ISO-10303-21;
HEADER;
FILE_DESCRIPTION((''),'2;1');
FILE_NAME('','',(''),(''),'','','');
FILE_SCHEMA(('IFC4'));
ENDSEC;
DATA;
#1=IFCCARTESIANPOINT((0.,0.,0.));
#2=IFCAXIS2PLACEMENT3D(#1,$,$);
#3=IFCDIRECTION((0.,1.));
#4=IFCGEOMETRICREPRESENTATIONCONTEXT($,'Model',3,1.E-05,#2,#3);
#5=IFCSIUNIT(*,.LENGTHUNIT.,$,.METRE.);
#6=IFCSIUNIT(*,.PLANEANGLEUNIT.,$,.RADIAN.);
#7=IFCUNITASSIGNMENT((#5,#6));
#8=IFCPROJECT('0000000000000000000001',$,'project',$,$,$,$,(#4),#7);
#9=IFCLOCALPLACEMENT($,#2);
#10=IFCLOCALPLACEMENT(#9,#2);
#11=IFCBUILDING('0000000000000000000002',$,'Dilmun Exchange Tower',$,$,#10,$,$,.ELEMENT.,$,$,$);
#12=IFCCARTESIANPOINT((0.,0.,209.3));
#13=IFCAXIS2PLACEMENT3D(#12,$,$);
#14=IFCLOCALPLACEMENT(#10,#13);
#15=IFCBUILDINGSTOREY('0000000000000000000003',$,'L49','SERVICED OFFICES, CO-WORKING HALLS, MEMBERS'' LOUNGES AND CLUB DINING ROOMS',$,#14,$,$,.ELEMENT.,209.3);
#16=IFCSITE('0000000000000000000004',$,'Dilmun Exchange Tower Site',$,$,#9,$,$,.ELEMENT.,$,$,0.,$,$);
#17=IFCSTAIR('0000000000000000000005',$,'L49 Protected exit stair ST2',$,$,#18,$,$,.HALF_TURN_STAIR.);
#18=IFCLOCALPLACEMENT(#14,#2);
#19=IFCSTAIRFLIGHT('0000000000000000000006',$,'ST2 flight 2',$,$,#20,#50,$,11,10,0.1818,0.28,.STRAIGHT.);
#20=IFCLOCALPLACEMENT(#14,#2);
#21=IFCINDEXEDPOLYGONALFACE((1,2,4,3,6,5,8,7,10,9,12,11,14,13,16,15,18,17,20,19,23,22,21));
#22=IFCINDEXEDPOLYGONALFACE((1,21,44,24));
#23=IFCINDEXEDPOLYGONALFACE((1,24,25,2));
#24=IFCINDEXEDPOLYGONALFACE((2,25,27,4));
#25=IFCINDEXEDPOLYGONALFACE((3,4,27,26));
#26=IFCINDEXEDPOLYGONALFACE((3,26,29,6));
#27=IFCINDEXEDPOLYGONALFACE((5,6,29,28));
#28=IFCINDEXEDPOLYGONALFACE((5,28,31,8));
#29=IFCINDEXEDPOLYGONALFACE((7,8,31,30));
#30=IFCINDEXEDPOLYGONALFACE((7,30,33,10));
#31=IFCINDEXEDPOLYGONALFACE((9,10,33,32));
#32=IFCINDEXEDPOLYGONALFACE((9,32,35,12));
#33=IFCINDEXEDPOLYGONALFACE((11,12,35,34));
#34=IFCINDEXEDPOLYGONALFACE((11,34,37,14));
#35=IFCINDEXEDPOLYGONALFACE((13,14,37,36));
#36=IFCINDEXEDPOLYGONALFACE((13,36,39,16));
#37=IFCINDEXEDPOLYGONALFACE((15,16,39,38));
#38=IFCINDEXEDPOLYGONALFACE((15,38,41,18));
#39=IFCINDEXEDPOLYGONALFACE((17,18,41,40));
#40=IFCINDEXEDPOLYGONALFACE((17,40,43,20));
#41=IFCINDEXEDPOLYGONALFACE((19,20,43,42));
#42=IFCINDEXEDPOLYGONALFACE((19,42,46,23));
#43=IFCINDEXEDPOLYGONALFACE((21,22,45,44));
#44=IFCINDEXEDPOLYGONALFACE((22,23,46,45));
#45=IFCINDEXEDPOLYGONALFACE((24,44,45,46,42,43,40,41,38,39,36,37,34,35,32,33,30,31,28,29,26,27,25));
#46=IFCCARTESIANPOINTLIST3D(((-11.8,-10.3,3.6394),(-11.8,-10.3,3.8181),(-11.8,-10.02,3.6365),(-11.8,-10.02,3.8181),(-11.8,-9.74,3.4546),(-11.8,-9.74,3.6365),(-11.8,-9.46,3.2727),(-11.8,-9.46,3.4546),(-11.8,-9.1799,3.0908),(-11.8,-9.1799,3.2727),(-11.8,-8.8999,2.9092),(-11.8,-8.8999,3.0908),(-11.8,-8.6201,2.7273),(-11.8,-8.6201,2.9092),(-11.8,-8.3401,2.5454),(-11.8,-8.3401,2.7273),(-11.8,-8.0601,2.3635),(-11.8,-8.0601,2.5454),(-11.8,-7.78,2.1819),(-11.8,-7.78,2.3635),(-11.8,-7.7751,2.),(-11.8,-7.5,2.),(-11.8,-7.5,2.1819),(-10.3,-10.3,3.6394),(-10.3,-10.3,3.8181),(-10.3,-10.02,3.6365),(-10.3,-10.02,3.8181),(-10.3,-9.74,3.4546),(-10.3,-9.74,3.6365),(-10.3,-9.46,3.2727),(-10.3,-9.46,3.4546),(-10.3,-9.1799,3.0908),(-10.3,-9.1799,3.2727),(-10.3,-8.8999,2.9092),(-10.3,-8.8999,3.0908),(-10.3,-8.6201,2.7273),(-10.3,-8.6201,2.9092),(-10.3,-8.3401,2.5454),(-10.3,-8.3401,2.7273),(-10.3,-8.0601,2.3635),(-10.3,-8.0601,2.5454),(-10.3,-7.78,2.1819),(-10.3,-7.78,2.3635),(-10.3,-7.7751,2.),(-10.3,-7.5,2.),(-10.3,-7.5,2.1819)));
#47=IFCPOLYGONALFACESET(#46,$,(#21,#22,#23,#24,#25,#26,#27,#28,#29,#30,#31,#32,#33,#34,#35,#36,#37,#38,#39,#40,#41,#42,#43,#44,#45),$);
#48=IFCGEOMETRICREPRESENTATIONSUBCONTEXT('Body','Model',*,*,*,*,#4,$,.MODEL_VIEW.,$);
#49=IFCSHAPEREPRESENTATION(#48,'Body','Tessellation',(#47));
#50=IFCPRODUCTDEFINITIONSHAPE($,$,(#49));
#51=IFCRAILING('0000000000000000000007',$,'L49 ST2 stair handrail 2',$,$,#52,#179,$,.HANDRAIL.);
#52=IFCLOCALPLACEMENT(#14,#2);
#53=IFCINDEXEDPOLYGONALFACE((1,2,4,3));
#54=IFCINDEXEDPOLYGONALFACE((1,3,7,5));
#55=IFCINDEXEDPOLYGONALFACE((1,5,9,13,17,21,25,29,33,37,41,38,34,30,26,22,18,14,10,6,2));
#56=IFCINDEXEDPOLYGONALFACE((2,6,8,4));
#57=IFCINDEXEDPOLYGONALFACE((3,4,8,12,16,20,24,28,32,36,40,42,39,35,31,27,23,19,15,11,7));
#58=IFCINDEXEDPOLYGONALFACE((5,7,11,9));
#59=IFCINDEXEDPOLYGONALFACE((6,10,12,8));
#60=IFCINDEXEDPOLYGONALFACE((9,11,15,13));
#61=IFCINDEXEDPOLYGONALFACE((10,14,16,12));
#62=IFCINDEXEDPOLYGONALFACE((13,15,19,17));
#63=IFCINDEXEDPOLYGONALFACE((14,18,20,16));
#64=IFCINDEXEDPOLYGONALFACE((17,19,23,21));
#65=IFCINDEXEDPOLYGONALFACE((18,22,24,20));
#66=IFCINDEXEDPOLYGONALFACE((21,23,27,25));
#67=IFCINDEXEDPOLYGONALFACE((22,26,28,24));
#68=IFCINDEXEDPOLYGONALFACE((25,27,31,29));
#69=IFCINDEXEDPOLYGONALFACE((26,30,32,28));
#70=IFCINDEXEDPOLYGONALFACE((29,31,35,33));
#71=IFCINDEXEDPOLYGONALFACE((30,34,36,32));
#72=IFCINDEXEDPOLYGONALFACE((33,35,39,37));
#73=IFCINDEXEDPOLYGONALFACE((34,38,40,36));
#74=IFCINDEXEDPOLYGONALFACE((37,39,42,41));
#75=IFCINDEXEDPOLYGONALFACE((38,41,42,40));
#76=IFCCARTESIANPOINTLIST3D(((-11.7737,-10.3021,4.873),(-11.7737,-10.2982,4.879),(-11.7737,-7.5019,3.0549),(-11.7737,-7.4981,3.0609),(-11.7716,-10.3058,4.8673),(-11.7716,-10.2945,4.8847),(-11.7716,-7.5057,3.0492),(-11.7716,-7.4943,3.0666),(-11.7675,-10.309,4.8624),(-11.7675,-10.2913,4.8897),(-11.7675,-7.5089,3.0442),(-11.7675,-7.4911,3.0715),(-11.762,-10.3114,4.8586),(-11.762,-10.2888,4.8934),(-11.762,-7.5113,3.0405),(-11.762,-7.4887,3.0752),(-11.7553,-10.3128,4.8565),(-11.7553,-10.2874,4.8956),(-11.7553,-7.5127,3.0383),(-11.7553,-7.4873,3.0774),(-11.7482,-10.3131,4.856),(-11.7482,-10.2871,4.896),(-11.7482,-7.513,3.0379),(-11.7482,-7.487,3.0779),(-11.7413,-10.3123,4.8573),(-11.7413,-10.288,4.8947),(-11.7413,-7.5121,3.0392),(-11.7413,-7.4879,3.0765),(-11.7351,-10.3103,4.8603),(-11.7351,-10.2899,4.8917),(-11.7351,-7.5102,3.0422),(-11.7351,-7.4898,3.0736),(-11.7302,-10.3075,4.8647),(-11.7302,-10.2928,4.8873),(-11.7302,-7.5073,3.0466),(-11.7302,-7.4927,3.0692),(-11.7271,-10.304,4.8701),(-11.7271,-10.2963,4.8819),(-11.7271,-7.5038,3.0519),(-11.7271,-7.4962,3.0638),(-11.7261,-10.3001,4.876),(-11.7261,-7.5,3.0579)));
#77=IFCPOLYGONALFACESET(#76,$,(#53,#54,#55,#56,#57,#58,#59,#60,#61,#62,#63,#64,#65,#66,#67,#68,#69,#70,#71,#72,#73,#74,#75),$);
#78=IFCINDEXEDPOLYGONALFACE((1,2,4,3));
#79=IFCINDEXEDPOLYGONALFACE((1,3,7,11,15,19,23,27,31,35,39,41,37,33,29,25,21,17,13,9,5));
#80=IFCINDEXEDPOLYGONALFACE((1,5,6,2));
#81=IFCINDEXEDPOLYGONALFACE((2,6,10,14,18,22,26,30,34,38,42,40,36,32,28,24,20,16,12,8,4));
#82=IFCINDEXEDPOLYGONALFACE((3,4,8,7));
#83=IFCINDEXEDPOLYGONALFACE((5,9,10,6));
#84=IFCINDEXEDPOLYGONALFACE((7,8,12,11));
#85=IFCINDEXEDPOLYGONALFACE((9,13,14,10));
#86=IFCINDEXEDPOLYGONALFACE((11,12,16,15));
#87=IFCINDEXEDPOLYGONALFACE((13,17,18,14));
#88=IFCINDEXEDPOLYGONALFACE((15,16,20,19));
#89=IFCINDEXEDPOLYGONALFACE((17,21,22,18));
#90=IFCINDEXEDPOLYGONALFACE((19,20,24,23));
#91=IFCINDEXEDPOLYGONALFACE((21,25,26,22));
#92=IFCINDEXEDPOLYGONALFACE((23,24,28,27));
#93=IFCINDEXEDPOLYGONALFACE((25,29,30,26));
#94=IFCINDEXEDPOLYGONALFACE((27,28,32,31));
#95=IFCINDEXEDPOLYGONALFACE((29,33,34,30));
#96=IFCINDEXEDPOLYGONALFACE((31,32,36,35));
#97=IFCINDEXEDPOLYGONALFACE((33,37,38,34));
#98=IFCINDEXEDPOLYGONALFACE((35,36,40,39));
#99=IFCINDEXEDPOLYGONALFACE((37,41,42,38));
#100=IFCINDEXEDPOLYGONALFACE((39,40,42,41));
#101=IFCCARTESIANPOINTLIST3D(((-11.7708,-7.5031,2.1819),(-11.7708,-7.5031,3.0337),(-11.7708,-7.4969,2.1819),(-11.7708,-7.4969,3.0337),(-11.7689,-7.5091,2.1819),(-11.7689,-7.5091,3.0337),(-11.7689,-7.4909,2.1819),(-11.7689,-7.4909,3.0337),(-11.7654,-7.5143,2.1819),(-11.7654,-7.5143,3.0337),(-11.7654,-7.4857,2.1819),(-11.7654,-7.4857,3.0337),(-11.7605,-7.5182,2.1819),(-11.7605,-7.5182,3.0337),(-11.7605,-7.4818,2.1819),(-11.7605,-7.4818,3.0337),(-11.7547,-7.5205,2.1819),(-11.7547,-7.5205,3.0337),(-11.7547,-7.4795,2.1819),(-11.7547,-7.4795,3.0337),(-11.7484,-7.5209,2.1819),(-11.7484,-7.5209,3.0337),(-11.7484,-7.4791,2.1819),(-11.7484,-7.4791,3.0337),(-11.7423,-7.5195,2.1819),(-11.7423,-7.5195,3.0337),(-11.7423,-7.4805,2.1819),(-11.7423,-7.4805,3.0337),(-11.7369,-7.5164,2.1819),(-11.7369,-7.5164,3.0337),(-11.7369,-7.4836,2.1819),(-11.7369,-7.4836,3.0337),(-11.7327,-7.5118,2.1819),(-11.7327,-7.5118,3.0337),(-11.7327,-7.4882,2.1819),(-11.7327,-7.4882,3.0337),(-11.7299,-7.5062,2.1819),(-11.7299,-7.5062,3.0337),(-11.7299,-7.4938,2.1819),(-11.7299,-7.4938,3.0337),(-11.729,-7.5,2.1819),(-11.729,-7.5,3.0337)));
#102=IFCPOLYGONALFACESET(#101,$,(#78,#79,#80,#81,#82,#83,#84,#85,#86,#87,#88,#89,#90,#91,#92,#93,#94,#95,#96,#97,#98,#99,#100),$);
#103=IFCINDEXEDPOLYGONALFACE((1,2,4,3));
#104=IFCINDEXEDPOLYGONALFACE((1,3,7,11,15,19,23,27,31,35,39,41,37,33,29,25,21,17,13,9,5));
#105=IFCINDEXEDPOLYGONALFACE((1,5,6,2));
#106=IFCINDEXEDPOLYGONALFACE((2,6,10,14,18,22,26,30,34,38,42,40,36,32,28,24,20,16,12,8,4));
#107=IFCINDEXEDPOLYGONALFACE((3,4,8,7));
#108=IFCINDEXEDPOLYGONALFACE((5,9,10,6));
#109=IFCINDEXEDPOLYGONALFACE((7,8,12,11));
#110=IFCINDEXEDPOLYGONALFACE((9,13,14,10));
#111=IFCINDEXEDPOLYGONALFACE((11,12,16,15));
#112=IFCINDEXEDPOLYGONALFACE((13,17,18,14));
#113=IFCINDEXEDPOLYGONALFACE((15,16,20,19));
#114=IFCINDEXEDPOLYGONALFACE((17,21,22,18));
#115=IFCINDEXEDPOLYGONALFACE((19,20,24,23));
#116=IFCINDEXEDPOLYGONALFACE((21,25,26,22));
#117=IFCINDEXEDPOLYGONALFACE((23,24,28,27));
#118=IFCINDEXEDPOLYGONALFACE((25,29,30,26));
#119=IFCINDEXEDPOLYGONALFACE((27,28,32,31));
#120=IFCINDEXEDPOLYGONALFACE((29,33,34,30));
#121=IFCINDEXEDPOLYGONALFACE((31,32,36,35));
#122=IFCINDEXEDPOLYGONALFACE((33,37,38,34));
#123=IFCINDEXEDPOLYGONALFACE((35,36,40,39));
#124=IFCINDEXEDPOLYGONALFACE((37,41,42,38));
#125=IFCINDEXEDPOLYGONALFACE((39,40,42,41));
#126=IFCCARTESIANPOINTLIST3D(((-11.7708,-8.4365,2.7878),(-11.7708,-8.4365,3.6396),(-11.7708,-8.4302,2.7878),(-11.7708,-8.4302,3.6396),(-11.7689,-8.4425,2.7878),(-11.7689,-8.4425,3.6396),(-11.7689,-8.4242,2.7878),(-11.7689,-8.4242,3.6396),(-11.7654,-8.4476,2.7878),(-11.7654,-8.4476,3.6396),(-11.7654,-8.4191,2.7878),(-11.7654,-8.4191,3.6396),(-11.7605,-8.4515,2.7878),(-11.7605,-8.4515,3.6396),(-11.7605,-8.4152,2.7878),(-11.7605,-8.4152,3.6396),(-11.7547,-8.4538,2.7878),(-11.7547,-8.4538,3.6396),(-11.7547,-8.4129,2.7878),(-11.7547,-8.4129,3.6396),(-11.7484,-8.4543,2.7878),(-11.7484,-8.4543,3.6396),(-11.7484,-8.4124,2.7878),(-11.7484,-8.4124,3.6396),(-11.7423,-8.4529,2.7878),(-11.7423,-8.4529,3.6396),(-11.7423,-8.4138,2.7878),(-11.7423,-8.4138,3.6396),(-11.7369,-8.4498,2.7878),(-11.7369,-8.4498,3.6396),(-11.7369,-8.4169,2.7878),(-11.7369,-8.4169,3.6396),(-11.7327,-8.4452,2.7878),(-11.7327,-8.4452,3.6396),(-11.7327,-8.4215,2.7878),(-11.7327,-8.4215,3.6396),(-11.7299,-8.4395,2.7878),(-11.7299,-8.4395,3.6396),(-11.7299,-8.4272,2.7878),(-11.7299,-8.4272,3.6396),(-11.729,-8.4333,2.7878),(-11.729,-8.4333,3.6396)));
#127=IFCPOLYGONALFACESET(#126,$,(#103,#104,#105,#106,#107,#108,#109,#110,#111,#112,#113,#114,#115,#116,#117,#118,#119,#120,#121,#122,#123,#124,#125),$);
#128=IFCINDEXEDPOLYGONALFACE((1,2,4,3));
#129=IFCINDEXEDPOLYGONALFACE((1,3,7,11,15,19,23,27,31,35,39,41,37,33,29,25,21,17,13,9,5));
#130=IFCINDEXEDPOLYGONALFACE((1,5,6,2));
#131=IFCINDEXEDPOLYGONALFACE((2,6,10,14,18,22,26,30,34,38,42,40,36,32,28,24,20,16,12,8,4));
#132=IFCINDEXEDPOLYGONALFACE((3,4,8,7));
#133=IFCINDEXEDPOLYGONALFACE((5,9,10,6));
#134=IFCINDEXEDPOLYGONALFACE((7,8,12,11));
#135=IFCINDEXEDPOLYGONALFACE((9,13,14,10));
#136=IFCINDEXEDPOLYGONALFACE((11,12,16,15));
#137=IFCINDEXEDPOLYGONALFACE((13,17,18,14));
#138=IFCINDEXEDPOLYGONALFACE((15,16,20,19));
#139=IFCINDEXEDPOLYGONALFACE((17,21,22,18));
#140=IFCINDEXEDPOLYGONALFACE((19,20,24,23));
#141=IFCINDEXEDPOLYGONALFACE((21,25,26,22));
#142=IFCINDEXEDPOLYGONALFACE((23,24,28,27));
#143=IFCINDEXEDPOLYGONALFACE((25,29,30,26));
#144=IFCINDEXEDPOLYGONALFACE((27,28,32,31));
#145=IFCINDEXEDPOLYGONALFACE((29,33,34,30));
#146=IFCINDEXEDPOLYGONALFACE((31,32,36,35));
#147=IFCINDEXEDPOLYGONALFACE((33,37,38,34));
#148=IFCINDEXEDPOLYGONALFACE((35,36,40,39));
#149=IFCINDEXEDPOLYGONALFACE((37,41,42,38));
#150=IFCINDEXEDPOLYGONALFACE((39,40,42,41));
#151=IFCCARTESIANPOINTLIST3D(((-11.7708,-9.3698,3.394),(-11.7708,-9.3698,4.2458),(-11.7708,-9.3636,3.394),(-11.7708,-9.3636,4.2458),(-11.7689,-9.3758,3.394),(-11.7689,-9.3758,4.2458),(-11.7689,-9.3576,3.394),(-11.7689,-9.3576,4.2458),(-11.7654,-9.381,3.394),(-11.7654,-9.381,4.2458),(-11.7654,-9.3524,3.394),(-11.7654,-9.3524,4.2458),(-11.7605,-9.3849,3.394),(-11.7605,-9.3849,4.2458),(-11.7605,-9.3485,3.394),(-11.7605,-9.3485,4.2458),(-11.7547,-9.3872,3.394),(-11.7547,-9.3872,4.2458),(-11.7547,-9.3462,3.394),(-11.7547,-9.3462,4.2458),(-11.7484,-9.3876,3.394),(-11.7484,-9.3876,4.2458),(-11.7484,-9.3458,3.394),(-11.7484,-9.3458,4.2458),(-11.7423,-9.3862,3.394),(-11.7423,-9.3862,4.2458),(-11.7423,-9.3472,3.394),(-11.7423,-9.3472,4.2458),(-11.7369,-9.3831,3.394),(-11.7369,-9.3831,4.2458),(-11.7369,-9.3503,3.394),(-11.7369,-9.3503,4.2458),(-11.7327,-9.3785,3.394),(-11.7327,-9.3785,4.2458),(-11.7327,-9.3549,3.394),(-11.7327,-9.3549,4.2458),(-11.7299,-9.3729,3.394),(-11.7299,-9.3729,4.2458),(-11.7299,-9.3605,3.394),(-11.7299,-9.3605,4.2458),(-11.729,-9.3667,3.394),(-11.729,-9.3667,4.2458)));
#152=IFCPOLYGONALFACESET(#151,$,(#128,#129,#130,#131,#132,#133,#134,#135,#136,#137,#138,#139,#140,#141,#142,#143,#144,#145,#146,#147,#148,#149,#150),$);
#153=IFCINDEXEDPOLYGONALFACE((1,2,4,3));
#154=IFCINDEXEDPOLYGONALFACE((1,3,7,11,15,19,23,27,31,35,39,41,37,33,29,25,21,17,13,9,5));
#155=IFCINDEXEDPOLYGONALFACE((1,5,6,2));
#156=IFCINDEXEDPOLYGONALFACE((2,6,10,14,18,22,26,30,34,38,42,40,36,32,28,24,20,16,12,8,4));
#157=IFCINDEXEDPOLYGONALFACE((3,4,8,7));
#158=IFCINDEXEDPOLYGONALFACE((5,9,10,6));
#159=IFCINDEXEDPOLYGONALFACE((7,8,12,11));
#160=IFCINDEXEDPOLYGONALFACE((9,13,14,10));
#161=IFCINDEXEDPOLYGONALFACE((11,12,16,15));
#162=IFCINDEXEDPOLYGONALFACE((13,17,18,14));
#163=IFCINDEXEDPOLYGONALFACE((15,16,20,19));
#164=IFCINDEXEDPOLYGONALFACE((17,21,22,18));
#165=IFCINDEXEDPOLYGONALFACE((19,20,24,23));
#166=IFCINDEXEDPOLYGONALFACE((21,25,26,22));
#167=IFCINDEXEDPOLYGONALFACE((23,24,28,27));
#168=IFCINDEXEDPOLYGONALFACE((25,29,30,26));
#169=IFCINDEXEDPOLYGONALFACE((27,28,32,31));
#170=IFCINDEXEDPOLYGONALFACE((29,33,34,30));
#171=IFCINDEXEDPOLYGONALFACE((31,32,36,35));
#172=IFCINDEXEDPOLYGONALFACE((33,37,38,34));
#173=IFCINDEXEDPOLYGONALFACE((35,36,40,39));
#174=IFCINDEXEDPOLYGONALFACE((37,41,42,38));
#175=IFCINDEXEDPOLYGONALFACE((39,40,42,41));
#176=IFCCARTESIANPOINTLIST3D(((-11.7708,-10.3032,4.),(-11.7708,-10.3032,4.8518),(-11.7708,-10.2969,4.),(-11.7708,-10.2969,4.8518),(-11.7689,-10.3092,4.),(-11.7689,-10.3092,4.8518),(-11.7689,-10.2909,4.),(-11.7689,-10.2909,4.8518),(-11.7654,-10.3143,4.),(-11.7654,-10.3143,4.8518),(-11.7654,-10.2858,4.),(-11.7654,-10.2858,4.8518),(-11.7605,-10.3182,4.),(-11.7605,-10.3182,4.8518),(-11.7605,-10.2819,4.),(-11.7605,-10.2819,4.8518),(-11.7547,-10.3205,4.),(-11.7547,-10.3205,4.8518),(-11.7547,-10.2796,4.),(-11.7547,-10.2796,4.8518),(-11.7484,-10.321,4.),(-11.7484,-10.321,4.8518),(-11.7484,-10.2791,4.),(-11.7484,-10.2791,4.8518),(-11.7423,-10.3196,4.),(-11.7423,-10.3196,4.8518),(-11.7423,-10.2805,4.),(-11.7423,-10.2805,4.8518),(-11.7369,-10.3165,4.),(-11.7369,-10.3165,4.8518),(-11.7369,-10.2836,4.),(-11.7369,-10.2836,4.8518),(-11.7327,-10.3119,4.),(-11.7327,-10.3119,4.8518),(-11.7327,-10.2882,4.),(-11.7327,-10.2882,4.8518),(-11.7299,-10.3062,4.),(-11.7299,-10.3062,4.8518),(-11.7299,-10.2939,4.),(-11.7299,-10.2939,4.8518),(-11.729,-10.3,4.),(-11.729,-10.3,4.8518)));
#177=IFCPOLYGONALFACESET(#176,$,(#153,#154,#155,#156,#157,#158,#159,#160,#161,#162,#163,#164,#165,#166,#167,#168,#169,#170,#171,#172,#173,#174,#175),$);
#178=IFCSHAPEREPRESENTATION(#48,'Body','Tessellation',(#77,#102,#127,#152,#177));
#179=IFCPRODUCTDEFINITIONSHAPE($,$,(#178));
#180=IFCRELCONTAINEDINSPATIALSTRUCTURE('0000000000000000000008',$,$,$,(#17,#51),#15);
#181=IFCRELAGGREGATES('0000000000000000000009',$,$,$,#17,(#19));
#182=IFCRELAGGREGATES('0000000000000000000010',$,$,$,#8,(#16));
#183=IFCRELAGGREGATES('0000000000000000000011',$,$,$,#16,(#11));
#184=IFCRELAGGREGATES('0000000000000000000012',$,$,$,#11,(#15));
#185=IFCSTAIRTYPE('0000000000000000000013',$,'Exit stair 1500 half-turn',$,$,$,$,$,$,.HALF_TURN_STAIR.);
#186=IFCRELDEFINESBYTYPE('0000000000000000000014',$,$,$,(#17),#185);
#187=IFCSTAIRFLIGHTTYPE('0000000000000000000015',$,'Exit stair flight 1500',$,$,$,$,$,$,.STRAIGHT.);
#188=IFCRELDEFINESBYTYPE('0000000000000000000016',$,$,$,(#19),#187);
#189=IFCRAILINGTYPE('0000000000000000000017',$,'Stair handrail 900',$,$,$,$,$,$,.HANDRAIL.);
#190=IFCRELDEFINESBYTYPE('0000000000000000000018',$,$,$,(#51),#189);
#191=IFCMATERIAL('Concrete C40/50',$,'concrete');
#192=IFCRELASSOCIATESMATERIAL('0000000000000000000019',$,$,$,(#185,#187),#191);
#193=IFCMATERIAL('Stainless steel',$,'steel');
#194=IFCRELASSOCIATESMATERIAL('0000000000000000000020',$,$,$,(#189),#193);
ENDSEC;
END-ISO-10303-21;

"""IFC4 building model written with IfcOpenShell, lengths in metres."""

from ifc_helpers import new_model, si_unit, direction, frame, origin, origin_2d, place, context, subcontext, project, spatial, polyline, circle, outline, extrude, material, type_object, element, aggregate, save


model = new_model("IFC4")

# Units and contexts
model_context = context("Model", 3, precision=1e-05, world=origin(), true_north=direction((0.0, 1.0)))
body_context = subcontext(model_context, "Body", "Model", "MODEL_VIEW")
ifc_project = project(units=[si_unit("LENGTHUNIT", "METRE"), si_unit("PLANEANGLEUNIT", "RADIAN")], contexts=[model_context])

# Site, building, storey
site_placement = place(None, origin())
site = spatial("IfcSite", under=ifc_project, at=site_placement, Name="Dilmun Exchange Tower Site", CompositionType="ELEMENT", RefElevation=0.0)
building_placement = place(site_placement, origin())
building = spatial("IfcBuilding", under=site, at=building_placement, Name="Dilmun Exchange Tower", CompositionType="ELEMENT")
storey_placement = place(building_placement, frame((0.0, 0.0, 209.3)))
storey = spatial("IfcBuildingStorey", under=building, at=storey_placement, Name="L49", Description="SERVICED OFFICES, CO-WORKING HALLS, MEMBERS' LOUNGES AND CLUB DINING ROOMS", CompositionType="ELEMENT", Elevation=209.3)

# Shared definitions
ifc_material_1 = material(Name="Concrete C40/50", Category="concrete")

# Stair, stair flight
stair_type = type_object("IfcStairType", Name="Exit stair 1500 half-turn", PredefinedType="HALF_TURN_STAIR", material=ifc_material_1)
stair_placement = place(storey_placement, origin())
stair = element("IfcStair", 1, at=stair_placement, inside=storey, type_object=stair_type, Name="L49 Protected exit stair ST2", PredefinedType="HALF_TURN_STAIR")
stair_flight_type = type_object("IfcStairFlightType", Name="Exit stair flight 1500", PredefinedType="STRAIGHT", material=ifc_material_1)
stair_flight_placement = place(storey_placement, frame((-11.05, -7.5, 2.0), z_axis=(0.0, 0.0, 1.0), x_axis=(0.0, -1.0, 0.0)))
stair_flight = element("IfcStairFlight", 2, at=stair_flight_placement, type_object=stair_flight_type, Name="ST2 flight 2", NumberOfRisers=11, NumberOfTreads=10, PredefinedType="STRAIGHT", RiserHeight=0.1818, TreadLength=0.28, context=body_context, shape_type="SweptSolid", body=[
    extrude(outline(polyline([(0.0, 0.0), (0.0, 0.1819), (0.28, 0.1819), (0.28, 0.3635), (0.5601, 0.3635), (0.5601, 0.5454), (0.8401, 0.5454), (0.8401, 0.7273), (1.1201, 0.7273), (1.1201, 0.9092), (1.3999, 0.9092), (1.3999, 1.0908), (1.6799, 1.0908), (1.6799, 1.2727), (1.96, 1.2727), (1.96, 1.4546), (2.24, 1.4546), (2.24, 1.6365), (2.52, 1.6365), (2.52, 1.8181), (2.8, 1.8181), (2.8, 2.0), (2.8, 1.6394), (0.2751, 0.0), (0.0, 0.0)])), frame((0.0, 0.75, 0.0), z_axis=(0.0, -1.0, 0.0), x_axis=(1.0, 0.0, 0.0)), (0.0, 0.0, 1.0), 1.5),
])
aggregate(stair, [stair_flight])

# Railing
ifc_material_2 = material(Name="Stainless steel", Category="steel")
railing_type = type_object("IfcRailingType", Name="Stair handrail 900", PredefinedType="HANDRAIL", material=ifc_material_2)
railing_placement = place(storey_placement, frame((-11.75, -7.5, 2.1819)))
element("IfcRailing", 3, at=railing_placement, inside=storey, type_object=railing_type, Name="L49 ST2 stair handrail 2", PredefinedType="HANDRAIL", context=body_context, shape_type="SweptSolid", body=[
    extrude(circle(Radius=0.0239, at=origin_2d()), frame((0.0, 0.0, 0.876), z_axis=(0.0, -0.838706, 0.544585), x_axis=(1.0, 0.0, 0.0)), (0.0, 0.0, 1.0), 3.3386),
    extrude(circle(Radius=0.021, at=origin_2d()), origin(), (0.0, 0.0, 1.0), 0.8518),
    extrude(circle(Radius=0.021, at=origin_2d()), frame((0.0, -0.9333, 0.606)), (0.0, 0.0, 1.0), 0.8518),
    extrude(circle(Radius=0.021, at=origin_2d()), frame((0.0, -1.8667, 1.2122)), (0.0, 0.0, 1.0), 0.8518),
    extrude(circle(Radius=0.021, at=origin_2d()), frame((0.0, -2.8, 1.8181)), (0.0, 0.0, 1.0), 0.8518),
])

save(model, "model.ifc")
